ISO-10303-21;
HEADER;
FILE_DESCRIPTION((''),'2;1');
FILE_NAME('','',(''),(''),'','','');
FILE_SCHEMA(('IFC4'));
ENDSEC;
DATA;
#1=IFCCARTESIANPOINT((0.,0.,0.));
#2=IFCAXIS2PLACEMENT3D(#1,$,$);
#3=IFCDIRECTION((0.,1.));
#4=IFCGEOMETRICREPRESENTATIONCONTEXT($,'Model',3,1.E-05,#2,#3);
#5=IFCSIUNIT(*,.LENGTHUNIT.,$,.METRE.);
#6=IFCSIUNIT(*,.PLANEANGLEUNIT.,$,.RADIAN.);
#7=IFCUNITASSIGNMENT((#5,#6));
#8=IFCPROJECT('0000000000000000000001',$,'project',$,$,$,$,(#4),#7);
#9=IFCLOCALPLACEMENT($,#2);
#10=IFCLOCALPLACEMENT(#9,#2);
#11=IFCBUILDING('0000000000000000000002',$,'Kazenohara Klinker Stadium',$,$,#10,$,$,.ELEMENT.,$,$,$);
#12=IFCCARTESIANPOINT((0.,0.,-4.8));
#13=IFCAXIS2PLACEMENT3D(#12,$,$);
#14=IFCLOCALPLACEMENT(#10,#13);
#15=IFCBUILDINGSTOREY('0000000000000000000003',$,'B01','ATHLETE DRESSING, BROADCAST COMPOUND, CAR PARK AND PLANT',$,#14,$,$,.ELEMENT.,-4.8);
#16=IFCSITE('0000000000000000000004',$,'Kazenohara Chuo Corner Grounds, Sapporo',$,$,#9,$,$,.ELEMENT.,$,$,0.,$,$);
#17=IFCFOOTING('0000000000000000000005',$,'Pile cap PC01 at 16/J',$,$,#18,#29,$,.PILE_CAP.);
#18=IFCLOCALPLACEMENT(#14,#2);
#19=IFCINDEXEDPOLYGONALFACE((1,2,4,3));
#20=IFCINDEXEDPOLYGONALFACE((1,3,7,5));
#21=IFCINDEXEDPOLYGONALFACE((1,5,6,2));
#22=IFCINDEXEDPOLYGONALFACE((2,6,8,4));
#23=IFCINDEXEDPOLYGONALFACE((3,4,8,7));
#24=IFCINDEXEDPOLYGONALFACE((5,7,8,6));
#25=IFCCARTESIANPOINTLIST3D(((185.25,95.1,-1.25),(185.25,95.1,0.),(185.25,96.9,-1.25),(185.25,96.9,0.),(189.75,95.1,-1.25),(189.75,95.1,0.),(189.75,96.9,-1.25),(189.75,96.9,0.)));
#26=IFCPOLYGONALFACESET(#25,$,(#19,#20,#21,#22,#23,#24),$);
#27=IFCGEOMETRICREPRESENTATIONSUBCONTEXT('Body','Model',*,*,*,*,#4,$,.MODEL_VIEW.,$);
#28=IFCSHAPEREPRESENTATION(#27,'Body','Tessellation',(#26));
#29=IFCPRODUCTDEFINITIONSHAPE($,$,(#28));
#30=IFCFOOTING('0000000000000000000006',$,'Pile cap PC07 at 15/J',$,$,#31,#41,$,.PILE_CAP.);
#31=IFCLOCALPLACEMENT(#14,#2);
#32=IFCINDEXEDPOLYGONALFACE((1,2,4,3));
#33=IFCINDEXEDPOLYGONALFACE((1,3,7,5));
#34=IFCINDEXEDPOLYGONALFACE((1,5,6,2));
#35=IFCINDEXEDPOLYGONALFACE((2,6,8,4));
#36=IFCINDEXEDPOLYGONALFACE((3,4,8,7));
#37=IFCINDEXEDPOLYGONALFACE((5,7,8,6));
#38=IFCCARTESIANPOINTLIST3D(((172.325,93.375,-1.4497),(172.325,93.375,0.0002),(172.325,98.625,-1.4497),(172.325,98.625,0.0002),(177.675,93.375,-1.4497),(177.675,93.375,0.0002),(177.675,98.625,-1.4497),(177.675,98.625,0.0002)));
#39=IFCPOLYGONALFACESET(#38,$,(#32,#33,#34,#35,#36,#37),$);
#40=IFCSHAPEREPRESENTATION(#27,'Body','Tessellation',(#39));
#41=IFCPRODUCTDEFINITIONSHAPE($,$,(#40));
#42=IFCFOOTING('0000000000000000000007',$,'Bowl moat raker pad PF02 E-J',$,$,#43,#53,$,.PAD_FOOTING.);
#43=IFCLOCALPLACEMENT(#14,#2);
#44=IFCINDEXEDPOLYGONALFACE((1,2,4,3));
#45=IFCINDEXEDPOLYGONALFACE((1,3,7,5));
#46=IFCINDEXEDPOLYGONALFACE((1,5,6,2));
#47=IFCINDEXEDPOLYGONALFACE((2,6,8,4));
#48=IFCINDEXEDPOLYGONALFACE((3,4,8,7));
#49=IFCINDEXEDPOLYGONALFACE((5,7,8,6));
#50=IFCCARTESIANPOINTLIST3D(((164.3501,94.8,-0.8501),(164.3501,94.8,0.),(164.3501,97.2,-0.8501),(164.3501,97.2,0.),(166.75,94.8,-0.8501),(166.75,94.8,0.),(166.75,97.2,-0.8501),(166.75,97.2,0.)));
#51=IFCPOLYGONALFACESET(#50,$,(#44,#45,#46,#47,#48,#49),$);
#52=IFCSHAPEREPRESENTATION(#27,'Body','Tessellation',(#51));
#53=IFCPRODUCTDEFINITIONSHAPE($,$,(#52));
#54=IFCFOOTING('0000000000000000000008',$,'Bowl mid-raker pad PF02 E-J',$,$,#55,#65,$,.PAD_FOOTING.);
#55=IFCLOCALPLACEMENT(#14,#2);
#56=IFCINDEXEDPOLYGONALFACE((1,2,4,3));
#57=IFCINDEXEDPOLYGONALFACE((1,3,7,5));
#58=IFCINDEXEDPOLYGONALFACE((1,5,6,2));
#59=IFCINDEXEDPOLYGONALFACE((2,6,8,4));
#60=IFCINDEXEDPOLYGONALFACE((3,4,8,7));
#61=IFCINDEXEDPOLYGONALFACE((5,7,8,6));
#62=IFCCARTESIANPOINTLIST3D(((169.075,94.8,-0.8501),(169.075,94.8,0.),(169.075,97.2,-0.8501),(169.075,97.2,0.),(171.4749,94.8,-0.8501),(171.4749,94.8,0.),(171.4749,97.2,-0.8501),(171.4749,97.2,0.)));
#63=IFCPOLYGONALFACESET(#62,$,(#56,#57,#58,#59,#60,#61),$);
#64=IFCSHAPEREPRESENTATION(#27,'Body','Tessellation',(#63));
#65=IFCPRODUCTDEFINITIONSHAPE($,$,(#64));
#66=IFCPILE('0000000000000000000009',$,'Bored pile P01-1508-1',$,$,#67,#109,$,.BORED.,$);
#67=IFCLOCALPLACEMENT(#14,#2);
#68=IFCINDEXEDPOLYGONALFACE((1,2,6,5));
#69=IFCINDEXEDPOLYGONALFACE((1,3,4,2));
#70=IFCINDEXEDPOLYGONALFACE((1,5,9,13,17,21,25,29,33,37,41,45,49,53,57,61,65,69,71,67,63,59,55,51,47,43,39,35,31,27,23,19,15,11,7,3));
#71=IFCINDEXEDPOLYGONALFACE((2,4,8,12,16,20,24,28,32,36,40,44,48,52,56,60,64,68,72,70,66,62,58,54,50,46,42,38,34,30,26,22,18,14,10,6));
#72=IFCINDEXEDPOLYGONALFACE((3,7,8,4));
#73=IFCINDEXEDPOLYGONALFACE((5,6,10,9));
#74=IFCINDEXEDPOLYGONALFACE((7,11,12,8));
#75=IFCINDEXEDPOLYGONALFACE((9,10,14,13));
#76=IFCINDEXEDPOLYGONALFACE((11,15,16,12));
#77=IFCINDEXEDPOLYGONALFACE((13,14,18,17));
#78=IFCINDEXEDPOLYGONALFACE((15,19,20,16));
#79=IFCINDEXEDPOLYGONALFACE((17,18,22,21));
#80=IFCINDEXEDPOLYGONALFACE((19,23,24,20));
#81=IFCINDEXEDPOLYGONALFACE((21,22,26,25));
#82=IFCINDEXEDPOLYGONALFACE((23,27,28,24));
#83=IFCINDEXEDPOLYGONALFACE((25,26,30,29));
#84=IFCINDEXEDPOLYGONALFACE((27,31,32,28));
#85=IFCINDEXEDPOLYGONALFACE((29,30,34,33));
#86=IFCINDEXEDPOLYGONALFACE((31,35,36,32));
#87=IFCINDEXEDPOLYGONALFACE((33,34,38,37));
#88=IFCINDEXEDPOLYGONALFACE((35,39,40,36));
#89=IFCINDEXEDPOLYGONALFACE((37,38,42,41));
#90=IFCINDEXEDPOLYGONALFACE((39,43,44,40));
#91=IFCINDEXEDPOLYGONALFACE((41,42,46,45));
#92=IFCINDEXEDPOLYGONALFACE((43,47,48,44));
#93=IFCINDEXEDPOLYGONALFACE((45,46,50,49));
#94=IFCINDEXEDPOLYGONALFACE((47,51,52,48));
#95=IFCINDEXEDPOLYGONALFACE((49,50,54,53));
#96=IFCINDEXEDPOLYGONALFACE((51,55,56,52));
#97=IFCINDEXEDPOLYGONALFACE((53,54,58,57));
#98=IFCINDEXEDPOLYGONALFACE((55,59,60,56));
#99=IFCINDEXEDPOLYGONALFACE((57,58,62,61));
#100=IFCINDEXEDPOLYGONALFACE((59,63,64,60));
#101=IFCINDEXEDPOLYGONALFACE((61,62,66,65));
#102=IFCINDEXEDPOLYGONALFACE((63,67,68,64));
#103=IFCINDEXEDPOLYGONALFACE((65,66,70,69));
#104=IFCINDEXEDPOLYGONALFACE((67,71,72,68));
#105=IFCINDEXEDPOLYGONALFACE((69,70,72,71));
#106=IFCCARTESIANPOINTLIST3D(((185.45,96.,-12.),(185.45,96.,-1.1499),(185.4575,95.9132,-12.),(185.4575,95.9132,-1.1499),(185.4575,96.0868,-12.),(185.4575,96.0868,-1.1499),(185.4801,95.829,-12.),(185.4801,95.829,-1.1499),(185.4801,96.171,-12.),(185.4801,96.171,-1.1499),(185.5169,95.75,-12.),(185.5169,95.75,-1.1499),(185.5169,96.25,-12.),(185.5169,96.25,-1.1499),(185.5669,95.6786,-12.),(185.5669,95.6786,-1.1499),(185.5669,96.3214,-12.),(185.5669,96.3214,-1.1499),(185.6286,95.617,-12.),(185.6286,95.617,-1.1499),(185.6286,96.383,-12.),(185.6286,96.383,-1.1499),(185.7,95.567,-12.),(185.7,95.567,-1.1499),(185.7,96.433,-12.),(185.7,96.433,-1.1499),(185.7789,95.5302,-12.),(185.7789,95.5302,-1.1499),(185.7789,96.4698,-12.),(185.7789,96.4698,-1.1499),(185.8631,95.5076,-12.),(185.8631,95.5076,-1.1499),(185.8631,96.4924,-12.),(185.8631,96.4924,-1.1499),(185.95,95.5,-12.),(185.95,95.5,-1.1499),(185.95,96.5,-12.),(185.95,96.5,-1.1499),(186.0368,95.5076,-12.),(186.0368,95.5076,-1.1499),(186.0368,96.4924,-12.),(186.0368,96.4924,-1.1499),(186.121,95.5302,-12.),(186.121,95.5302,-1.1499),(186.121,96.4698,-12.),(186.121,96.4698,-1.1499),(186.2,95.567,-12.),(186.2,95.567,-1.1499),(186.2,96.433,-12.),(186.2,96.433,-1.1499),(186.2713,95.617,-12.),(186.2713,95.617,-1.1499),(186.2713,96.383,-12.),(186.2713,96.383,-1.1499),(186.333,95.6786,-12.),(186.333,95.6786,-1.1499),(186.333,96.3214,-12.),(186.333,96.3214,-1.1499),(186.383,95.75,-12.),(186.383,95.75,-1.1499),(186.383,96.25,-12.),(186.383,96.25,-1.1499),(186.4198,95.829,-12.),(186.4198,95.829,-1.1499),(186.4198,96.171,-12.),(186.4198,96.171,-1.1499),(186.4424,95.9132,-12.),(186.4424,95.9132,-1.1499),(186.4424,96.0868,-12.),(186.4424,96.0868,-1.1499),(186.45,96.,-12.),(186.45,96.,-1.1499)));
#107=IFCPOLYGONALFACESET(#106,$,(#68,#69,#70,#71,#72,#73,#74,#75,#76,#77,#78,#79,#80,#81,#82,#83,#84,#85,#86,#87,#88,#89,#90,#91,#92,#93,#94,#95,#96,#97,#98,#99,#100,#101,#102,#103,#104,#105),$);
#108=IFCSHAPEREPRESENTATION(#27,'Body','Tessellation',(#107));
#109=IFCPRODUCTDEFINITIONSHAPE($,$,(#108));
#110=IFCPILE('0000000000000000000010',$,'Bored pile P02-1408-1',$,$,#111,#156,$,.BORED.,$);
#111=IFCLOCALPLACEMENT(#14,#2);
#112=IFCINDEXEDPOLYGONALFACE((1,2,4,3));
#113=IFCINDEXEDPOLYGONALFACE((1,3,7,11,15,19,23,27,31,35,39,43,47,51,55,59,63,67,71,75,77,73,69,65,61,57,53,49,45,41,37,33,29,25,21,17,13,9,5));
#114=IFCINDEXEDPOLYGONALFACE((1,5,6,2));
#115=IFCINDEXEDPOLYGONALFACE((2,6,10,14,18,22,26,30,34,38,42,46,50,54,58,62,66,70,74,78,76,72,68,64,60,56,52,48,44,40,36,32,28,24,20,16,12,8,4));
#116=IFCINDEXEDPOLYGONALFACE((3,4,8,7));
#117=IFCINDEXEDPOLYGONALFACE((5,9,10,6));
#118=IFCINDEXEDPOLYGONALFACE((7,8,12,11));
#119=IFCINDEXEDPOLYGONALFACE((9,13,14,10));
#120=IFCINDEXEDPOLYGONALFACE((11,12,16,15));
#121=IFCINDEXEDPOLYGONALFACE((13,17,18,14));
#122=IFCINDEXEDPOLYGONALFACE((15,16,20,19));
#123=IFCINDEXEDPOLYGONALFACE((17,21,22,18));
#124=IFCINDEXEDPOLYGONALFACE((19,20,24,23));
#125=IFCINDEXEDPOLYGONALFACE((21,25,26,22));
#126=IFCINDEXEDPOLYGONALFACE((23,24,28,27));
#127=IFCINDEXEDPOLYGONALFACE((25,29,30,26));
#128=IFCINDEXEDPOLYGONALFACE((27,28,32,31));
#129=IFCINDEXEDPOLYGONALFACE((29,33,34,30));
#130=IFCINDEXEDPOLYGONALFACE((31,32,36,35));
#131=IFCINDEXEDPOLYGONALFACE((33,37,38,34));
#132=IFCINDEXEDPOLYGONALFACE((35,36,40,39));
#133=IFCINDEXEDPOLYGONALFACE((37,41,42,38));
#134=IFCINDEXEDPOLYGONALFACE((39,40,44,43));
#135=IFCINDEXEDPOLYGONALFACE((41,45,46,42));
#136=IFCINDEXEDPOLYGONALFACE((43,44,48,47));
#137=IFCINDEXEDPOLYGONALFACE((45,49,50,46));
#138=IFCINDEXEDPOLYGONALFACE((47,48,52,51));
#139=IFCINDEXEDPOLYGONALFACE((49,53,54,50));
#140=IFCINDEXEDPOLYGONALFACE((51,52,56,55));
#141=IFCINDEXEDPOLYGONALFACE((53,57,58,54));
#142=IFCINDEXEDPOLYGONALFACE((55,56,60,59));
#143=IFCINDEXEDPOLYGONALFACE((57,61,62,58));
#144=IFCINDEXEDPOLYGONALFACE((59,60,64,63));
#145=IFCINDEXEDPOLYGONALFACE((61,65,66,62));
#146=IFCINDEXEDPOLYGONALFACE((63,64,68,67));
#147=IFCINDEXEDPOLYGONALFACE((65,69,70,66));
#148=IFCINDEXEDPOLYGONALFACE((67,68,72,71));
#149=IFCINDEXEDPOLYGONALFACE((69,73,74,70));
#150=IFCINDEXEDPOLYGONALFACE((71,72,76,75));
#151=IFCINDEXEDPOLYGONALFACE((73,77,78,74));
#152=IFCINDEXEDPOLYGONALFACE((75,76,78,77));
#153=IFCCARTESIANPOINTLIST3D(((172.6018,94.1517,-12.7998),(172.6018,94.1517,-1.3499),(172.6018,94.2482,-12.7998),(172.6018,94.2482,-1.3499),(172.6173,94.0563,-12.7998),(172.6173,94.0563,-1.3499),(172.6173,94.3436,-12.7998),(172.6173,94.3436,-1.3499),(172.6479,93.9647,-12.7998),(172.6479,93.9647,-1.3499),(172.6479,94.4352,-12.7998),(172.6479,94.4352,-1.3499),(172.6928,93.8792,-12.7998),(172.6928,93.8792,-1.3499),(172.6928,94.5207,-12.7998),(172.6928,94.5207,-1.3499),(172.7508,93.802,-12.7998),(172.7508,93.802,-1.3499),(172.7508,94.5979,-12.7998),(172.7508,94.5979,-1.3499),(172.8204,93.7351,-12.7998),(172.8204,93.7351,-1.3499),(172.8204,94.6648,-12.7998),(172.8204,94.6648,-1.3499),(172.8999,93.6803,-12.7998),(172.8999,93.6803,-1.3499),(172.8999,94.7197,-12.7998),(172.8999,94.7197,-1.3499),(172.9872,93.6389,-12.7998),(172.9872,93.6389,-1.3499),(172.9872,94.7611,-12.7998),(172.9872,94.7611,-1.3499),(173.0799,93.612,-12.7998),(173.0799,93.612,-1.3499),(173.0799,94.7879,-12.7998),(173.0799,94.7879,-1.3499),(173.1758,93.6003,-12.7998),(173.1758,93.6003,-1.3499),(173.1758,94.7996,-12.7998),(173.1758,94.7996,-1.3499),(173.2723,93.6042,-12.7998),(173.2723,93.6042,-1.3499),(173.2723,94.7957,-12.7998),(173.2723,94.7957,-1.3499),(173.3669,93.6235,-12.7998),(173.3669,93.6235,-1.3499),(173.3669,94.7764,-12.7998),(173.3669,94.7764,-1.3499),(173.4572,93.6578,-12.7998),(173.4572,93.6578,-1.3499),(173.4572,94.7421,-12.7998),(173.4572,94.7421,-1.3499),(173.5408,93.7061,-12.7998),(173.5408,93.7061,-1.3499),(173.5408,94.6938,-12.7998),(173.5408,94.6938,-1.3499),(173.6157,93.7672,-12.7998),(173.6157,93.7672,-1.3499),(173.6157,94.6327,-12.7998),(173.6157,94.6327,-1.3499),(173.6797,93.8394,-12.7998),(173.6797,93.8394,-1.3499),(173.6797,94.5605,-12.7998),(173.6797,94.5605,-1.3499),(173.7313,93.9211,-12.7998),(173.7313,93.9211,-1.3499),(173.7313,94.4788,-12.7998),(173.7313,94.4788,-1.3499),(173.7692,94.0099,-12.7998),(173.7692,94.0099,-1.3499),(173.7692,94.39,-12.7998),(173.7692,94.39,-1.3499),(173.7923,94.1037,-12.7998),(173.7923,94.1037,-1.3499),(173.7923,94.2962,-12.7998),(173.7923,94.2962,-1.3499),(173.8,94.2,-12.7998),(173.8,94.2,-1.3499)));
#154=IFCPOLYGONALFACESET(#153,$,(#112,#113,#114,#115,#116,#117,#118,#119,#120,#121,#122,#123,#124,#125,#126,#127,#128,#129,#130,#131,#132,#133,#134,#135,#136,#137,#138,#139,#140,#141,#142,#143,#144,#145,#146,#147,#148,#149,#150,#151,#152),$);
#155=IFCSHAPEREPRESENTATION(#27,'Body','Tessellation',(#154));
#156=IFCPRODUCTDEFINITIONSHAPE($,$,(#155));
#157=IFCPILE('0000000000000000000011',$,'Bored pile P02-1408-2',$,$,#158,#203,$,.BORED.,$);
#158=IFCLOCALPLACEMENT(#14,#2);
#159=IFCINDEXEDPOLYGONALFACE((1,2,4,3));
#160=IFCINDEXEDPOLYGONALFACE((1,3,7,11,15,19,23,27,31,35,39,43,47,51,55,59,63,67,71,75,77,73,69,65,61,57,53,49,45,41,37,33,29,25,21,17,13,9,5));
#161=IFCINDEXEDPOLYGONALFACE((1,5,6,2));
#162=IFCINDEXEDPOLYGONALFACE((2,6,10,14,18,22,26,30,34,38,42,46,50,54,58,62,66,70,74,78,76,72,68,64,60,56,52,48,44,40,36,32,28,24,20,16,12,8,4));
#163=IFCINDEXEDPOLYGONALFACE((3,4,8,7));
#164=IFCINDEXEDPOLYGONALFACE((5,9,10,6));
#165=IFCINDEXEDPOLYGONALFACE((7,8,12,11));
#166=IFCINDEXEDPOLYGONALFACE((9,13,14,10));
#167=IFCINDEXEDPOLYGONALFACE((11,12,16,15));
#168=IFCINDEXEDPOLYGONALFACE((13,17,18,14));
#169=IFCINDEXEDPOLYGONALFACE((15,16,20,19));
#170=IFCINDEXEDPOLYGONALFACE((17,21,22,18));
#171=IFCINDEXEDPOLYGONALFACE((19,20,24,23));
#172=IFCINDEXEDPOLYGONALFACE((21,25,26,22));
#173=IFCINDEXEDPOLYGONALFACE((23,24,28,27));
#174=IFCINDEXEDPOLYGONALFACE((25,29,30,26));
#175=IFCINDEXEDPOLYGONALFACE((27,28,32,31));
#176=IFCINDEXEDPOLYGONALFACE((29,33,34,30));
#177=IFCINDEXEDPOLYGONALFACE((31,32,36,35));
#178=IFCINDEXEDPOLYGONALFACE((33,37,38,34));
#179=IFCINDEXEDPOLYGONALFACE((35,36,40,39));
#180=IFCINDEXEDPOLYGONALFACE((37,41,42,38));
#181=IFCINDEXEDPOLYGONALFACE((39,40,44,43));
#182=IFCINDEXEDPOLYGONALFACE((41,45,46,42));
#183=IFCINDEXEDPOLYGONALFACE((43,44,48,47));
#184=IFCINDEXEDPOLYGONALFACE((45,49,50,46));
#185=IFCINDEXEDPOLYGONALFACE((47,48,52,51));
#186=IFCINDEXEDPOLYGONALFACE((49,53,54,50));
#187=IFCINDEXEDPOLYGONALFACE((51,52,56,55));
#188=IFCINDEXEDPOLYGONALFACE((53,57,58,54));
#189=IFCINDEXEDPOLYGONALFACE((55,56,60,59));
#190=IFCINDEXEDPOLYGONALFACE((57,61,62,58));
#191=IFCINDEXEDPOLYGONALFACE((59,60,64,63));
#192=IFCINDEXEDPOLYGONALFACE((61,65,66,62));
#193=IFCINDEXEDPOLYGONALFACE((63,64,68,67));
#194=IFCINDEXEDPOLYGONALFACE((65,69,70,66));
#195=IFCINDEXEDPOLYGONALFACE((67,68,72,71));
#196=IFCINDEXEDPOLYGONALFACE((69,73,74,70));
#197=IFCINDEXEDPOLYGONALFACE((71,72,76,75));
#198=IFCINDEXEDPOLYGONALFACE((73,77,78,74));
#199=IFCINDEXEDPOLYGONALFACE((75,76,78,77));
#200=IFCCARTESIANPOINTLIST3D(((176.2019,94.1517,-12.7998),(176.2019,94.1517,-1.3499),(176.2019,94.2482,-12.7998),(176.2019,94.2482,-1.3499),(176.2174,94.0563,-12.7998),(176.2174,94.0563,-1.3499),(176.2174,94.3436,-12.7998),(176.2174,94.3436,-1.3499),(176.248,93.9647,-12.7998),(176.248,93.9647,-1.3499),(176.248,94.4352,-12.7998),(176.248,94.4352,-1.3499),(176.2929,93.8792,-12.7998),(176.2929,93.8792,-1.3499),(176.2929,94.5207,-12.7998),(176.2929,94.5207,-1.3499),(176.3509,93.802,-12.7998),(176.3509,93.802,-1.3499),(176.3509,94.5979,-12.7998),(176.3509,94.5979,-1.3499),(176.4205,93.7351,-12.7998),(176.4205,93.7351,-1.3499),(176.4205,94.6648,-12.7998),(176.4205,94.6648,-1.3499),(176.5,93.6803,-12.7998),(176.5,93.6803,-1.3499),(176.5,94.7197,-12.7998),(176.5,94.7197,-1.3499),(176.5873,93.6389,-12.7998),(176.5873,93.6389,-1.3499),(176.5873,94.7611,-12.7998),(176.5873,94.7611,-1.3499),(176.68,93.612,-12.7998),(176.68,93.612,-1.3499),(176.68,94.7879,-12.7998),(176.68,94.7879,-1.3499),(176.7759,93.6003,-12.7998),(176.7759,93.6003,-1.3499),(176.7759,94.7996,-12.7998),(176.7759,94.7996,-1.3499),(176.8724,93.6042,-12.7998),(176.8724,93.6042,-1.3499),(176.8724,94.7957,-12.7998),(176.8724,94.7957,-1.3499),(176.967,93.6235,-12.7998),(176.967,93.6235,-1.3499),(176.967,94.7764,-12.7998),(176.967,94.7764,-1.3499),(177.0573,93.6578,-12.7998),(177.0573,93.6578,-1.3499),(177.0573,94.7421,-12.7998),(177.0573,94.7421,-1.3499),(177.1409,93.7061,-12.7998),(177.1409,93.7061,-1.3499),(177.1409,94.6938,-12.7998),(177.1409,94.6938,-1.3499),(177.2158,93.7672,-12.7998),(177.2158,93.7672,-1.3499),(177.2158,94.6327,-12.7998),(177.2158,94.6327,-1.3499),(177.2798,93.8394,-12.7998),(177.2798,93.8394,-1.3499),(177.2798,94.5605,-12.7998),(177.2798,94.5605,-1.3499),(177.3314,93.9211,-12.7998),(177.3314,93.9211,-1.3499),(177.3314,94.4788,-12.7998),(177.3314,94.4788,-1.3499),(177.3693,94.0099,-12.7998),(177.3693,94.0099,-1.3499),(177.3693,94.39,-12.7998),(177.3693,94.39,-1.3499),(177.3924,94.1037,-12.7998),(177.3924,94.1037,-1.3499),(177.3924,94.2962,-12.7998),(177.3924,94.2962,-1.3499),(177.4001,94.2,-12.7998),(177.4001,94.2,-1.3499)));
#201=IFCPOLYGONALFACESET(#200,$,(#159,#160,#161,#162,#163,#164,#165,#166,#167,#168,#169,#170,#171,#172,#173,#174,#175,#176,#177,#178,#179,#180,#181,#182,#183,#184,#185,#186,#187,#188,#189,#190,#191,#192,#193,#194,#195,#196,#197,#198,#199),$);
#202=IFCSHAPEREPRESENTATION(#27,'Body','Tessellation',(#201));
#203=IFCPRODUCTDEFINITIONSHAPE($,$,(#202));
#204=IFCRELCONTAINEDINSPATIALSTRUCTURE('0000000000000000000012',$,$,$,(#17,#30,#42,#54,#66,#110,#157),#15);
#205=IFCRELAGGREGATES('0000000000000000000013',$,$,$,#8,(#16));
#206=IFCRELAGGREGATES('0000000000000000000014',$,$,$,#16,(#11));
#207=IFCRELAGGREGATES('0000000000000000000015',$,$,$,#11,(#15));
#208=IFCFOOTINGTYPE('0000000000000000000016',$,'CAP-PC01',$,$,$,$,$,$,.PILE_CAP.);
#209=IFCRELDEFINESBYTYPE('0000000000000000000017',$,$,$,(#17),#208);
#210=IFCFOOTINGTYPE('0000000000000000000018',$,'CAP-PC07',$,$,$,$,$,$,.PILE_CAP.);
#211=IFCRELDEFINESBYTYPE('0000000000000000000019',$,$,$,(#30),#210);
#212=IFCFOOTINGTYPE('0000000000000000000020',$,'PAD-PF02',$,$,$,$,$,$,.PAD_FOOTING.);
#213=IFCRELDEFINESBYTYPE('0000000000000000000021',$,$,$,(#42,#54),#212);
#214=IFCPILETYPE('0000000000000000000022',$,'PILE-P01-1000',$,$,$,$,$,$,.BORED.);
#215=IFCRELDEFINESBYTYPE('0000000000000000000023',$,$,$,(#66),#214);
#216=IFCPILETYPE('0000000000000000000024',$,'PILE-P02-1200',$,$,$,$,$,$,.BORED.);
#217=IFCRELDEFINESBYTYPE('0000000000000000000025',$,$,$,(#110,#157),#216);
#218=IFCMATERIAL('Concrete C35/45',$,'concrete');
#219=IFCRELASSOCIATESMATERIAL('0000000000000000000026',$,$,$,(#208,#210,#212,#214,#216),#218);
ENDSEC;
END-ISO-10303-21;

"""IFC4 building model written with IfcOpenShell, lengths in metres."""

from ifc_helpers import new_model, si_unit, direction, frame, origin, origin_2d, place, context, subcontext, project, spatial, rectangle, circle, extrude, material, material_profile, profile_set, type_object, element, save


model = new_model("IFC4")

# Units and contexts
model_context = context("Model", 3, precision=1e-05, world=origin(), true_north=direction((0.0, 1.0)))
body_context = subcontext(model_context, "Body", "Model", "MODEL_VIEW")
ifc_project = project(units=[si_unit("LENGTHUNIT", "METRE"), si_unit("PLANEANGLEUNIT", "RADIAN")], contexts=[model_context])

# Site, building, storey
site_placement = place(None, origin())
site = spatial("IfcSite", under=ifc_project, at=site_placement, Name="Kazenohara Chuo Corner Grounds, Sapporo", CompositionType="ELEMENT", RefElevation=0.0)
building_placement = place(site_placement, origin())
building = spatial("IfcBuilding", under=site, at=building_placement, Name="Kazenohara Klinker Stadium", CompositionType="ELEMENT")
storey_placement = place(building_placement, frame((0.0, 0.0, -4.8)))
storey = spatial("IfcBuildingStorey", under=building, at=storey_placement, Name="B01", Description="ATHLETE DRESSING, BROADCAST COMPOUND, CAR PARK AND PLANT", CompositionType="ELEMENT", Elevation=-4.8)

# Footings
ifc_material_1 = material(Name="Concrete C35/45", Category="concrete")
footing_type_1 = type_object("IfcFootingType", Name="CAP-PC01", PredefinedType="PILE_CAP", material=ifc_material_1)
footing_1_placement = place(storey_placement, frame((187.5, 96.0, -1.25), z_axis=(0.0, 0.0, 1.0), x_axis=(1.0, 0.0, 0.0)))
element("IfcFooting", 1, at=footing_1_placement, inside=storey, type_object=footing_type_1, Name="Pile cap PC01 at 16/J", PredefinedType="PILE_CAP", context=body_context, shape_type="SweptSolid", body=[
    extrude(rectangle(XDim=4.5, YDim=1.8, at=origin_2d()), origin(), (0.0, 0.0, 1.0), 1.25),
])
footing_type_2 = type_object("IfcFootingType", Name="CAP-PC07", PredefinedType="PILE_CAP", material=ifc_material_1)
footing_2_placement = place(storey_placement, frame((175.0, 96.0, -1.4497), z_axis=(0.0, 0.0, 1.0), x_axis=(1.0, 0.0, 0.0)))
element("IfcFooting", 2, at=footing_2_placement, inside=storey, type_object=footing_type_2, Name="Pile cap PC07 at 15/J", PredefinedType="PILE_CAP", context=body_context, shape_type="SweptSolid", body=[
    extrude(rectangle(XDim=5.3501, YDim=5.25, at=origin_2d()), origin(), (0.0, 0.0, 1.0), 1.45),
])
footing_type_3 = type_object("IfcFootingType", Name="PAD-PF02", PredefinedType="PAD_FOOTING", material=ifc_material_1)
for number, where, z_axis, x_axis, name in (
    (3, (165.55, 96.0, -0.8501), (0.0, 0.0, 1.0), (1.0, 0.0, 0.0), "Bowl moat raker pad PF02 E-J"),
    (4, (170.2749, 96.0, -0.8501), (0.0, 0.0, 1.0), (1.0, 0.0, 0.0), "Bowl mid-raker pad PF02 E-J"),
):
    element("IfcFooting", number, at=place(storey_placement, frame(where, z_axis=z_axis, x_axis=x_axis)), inside=storey, type_object=footing_type_3, Name=name, PredefinedType="PAD_FOOTING", context=body_context, shape_type="SweptSolid", body=[
        extrude(rectangle(XDim=2.3999, YDim=2.3999, at=origin_2d()), origin(), (0.0, 0.0, 1.0), 0.8501),
    ])

# Piles
ifc_material_profile_1 = material_profile(ifc_material_1, circle(Radius=0.5, at=origin_2d()), Name="BORED-PILE-1000")
ifc_profile_set_1 = profile_set([ifc_material_profile_1], Name="Concrete C35/45")
pile_type_1 = type_object("IfcPileType", Name="PILE-P01-1000", PredefinedType="BORED", material=ifc_profile_set_1)
pile_placement = place(storey_placement, frame((185.95, 96.0, -1.1499), z_axis=(0.0, 0.0, -1.0), x_axis=(1.0, 0.0, 0.0)))
element("IfcPile", 5, at=pile_placement, inside=storey, type_object=pile_type_1, Name="Bored pile P01-1508-1", PredefinedType="BORED", context=body_context, shape_type="SweptSolid", body=[
    extrude(circle(Radius=0.5, at=origin_2d()), origin(), (0.0, 0.0, 1.0), 10.8501),
])
ifc_material_profile_2 = material_profile(ifc_material_1, circle(Radius=0.6001, at=origin_2d()), Name="BORED-PILE-1200")
ifc_profile_set_2 = profile_set([ifc_material_profile_2], Name="Concrete C35/45")
pile_type_2 = type_object("IfcPileType", Name="PILE-P02-1200", PredefinedType="BORED", material=ifc_profile_set_2)
for number, where, z_axis, x_axis, name in (
    (6, (173.2, 94.2, -1.3499), (0.0, 0.0, -1.0), (1.0, 0.0, 0.0), "Bored pile P02-1408-1"),
    (7, (176.8, 94.2, -1.3499), (0.0, 0.0, -1.0), (1.0, 0.0, 0.0), "Bored pile P02-1408-2"),
):
    element("IfcPile", number, at=place(storey_placement, frame(where, z_axis=z_axis, x_axis=x_axis)), inside=storey, type_object=pile_type_2, Name=name, PredefinedType="BORED", context=body_context, shape_type="SweptSolid", body=[
        extrude(circle(Radius=0.6001, at=origin_2d()), origin(), (0.0, 0.0, 1.0), 11.45),
    ])

save(model, "model.ifc")
